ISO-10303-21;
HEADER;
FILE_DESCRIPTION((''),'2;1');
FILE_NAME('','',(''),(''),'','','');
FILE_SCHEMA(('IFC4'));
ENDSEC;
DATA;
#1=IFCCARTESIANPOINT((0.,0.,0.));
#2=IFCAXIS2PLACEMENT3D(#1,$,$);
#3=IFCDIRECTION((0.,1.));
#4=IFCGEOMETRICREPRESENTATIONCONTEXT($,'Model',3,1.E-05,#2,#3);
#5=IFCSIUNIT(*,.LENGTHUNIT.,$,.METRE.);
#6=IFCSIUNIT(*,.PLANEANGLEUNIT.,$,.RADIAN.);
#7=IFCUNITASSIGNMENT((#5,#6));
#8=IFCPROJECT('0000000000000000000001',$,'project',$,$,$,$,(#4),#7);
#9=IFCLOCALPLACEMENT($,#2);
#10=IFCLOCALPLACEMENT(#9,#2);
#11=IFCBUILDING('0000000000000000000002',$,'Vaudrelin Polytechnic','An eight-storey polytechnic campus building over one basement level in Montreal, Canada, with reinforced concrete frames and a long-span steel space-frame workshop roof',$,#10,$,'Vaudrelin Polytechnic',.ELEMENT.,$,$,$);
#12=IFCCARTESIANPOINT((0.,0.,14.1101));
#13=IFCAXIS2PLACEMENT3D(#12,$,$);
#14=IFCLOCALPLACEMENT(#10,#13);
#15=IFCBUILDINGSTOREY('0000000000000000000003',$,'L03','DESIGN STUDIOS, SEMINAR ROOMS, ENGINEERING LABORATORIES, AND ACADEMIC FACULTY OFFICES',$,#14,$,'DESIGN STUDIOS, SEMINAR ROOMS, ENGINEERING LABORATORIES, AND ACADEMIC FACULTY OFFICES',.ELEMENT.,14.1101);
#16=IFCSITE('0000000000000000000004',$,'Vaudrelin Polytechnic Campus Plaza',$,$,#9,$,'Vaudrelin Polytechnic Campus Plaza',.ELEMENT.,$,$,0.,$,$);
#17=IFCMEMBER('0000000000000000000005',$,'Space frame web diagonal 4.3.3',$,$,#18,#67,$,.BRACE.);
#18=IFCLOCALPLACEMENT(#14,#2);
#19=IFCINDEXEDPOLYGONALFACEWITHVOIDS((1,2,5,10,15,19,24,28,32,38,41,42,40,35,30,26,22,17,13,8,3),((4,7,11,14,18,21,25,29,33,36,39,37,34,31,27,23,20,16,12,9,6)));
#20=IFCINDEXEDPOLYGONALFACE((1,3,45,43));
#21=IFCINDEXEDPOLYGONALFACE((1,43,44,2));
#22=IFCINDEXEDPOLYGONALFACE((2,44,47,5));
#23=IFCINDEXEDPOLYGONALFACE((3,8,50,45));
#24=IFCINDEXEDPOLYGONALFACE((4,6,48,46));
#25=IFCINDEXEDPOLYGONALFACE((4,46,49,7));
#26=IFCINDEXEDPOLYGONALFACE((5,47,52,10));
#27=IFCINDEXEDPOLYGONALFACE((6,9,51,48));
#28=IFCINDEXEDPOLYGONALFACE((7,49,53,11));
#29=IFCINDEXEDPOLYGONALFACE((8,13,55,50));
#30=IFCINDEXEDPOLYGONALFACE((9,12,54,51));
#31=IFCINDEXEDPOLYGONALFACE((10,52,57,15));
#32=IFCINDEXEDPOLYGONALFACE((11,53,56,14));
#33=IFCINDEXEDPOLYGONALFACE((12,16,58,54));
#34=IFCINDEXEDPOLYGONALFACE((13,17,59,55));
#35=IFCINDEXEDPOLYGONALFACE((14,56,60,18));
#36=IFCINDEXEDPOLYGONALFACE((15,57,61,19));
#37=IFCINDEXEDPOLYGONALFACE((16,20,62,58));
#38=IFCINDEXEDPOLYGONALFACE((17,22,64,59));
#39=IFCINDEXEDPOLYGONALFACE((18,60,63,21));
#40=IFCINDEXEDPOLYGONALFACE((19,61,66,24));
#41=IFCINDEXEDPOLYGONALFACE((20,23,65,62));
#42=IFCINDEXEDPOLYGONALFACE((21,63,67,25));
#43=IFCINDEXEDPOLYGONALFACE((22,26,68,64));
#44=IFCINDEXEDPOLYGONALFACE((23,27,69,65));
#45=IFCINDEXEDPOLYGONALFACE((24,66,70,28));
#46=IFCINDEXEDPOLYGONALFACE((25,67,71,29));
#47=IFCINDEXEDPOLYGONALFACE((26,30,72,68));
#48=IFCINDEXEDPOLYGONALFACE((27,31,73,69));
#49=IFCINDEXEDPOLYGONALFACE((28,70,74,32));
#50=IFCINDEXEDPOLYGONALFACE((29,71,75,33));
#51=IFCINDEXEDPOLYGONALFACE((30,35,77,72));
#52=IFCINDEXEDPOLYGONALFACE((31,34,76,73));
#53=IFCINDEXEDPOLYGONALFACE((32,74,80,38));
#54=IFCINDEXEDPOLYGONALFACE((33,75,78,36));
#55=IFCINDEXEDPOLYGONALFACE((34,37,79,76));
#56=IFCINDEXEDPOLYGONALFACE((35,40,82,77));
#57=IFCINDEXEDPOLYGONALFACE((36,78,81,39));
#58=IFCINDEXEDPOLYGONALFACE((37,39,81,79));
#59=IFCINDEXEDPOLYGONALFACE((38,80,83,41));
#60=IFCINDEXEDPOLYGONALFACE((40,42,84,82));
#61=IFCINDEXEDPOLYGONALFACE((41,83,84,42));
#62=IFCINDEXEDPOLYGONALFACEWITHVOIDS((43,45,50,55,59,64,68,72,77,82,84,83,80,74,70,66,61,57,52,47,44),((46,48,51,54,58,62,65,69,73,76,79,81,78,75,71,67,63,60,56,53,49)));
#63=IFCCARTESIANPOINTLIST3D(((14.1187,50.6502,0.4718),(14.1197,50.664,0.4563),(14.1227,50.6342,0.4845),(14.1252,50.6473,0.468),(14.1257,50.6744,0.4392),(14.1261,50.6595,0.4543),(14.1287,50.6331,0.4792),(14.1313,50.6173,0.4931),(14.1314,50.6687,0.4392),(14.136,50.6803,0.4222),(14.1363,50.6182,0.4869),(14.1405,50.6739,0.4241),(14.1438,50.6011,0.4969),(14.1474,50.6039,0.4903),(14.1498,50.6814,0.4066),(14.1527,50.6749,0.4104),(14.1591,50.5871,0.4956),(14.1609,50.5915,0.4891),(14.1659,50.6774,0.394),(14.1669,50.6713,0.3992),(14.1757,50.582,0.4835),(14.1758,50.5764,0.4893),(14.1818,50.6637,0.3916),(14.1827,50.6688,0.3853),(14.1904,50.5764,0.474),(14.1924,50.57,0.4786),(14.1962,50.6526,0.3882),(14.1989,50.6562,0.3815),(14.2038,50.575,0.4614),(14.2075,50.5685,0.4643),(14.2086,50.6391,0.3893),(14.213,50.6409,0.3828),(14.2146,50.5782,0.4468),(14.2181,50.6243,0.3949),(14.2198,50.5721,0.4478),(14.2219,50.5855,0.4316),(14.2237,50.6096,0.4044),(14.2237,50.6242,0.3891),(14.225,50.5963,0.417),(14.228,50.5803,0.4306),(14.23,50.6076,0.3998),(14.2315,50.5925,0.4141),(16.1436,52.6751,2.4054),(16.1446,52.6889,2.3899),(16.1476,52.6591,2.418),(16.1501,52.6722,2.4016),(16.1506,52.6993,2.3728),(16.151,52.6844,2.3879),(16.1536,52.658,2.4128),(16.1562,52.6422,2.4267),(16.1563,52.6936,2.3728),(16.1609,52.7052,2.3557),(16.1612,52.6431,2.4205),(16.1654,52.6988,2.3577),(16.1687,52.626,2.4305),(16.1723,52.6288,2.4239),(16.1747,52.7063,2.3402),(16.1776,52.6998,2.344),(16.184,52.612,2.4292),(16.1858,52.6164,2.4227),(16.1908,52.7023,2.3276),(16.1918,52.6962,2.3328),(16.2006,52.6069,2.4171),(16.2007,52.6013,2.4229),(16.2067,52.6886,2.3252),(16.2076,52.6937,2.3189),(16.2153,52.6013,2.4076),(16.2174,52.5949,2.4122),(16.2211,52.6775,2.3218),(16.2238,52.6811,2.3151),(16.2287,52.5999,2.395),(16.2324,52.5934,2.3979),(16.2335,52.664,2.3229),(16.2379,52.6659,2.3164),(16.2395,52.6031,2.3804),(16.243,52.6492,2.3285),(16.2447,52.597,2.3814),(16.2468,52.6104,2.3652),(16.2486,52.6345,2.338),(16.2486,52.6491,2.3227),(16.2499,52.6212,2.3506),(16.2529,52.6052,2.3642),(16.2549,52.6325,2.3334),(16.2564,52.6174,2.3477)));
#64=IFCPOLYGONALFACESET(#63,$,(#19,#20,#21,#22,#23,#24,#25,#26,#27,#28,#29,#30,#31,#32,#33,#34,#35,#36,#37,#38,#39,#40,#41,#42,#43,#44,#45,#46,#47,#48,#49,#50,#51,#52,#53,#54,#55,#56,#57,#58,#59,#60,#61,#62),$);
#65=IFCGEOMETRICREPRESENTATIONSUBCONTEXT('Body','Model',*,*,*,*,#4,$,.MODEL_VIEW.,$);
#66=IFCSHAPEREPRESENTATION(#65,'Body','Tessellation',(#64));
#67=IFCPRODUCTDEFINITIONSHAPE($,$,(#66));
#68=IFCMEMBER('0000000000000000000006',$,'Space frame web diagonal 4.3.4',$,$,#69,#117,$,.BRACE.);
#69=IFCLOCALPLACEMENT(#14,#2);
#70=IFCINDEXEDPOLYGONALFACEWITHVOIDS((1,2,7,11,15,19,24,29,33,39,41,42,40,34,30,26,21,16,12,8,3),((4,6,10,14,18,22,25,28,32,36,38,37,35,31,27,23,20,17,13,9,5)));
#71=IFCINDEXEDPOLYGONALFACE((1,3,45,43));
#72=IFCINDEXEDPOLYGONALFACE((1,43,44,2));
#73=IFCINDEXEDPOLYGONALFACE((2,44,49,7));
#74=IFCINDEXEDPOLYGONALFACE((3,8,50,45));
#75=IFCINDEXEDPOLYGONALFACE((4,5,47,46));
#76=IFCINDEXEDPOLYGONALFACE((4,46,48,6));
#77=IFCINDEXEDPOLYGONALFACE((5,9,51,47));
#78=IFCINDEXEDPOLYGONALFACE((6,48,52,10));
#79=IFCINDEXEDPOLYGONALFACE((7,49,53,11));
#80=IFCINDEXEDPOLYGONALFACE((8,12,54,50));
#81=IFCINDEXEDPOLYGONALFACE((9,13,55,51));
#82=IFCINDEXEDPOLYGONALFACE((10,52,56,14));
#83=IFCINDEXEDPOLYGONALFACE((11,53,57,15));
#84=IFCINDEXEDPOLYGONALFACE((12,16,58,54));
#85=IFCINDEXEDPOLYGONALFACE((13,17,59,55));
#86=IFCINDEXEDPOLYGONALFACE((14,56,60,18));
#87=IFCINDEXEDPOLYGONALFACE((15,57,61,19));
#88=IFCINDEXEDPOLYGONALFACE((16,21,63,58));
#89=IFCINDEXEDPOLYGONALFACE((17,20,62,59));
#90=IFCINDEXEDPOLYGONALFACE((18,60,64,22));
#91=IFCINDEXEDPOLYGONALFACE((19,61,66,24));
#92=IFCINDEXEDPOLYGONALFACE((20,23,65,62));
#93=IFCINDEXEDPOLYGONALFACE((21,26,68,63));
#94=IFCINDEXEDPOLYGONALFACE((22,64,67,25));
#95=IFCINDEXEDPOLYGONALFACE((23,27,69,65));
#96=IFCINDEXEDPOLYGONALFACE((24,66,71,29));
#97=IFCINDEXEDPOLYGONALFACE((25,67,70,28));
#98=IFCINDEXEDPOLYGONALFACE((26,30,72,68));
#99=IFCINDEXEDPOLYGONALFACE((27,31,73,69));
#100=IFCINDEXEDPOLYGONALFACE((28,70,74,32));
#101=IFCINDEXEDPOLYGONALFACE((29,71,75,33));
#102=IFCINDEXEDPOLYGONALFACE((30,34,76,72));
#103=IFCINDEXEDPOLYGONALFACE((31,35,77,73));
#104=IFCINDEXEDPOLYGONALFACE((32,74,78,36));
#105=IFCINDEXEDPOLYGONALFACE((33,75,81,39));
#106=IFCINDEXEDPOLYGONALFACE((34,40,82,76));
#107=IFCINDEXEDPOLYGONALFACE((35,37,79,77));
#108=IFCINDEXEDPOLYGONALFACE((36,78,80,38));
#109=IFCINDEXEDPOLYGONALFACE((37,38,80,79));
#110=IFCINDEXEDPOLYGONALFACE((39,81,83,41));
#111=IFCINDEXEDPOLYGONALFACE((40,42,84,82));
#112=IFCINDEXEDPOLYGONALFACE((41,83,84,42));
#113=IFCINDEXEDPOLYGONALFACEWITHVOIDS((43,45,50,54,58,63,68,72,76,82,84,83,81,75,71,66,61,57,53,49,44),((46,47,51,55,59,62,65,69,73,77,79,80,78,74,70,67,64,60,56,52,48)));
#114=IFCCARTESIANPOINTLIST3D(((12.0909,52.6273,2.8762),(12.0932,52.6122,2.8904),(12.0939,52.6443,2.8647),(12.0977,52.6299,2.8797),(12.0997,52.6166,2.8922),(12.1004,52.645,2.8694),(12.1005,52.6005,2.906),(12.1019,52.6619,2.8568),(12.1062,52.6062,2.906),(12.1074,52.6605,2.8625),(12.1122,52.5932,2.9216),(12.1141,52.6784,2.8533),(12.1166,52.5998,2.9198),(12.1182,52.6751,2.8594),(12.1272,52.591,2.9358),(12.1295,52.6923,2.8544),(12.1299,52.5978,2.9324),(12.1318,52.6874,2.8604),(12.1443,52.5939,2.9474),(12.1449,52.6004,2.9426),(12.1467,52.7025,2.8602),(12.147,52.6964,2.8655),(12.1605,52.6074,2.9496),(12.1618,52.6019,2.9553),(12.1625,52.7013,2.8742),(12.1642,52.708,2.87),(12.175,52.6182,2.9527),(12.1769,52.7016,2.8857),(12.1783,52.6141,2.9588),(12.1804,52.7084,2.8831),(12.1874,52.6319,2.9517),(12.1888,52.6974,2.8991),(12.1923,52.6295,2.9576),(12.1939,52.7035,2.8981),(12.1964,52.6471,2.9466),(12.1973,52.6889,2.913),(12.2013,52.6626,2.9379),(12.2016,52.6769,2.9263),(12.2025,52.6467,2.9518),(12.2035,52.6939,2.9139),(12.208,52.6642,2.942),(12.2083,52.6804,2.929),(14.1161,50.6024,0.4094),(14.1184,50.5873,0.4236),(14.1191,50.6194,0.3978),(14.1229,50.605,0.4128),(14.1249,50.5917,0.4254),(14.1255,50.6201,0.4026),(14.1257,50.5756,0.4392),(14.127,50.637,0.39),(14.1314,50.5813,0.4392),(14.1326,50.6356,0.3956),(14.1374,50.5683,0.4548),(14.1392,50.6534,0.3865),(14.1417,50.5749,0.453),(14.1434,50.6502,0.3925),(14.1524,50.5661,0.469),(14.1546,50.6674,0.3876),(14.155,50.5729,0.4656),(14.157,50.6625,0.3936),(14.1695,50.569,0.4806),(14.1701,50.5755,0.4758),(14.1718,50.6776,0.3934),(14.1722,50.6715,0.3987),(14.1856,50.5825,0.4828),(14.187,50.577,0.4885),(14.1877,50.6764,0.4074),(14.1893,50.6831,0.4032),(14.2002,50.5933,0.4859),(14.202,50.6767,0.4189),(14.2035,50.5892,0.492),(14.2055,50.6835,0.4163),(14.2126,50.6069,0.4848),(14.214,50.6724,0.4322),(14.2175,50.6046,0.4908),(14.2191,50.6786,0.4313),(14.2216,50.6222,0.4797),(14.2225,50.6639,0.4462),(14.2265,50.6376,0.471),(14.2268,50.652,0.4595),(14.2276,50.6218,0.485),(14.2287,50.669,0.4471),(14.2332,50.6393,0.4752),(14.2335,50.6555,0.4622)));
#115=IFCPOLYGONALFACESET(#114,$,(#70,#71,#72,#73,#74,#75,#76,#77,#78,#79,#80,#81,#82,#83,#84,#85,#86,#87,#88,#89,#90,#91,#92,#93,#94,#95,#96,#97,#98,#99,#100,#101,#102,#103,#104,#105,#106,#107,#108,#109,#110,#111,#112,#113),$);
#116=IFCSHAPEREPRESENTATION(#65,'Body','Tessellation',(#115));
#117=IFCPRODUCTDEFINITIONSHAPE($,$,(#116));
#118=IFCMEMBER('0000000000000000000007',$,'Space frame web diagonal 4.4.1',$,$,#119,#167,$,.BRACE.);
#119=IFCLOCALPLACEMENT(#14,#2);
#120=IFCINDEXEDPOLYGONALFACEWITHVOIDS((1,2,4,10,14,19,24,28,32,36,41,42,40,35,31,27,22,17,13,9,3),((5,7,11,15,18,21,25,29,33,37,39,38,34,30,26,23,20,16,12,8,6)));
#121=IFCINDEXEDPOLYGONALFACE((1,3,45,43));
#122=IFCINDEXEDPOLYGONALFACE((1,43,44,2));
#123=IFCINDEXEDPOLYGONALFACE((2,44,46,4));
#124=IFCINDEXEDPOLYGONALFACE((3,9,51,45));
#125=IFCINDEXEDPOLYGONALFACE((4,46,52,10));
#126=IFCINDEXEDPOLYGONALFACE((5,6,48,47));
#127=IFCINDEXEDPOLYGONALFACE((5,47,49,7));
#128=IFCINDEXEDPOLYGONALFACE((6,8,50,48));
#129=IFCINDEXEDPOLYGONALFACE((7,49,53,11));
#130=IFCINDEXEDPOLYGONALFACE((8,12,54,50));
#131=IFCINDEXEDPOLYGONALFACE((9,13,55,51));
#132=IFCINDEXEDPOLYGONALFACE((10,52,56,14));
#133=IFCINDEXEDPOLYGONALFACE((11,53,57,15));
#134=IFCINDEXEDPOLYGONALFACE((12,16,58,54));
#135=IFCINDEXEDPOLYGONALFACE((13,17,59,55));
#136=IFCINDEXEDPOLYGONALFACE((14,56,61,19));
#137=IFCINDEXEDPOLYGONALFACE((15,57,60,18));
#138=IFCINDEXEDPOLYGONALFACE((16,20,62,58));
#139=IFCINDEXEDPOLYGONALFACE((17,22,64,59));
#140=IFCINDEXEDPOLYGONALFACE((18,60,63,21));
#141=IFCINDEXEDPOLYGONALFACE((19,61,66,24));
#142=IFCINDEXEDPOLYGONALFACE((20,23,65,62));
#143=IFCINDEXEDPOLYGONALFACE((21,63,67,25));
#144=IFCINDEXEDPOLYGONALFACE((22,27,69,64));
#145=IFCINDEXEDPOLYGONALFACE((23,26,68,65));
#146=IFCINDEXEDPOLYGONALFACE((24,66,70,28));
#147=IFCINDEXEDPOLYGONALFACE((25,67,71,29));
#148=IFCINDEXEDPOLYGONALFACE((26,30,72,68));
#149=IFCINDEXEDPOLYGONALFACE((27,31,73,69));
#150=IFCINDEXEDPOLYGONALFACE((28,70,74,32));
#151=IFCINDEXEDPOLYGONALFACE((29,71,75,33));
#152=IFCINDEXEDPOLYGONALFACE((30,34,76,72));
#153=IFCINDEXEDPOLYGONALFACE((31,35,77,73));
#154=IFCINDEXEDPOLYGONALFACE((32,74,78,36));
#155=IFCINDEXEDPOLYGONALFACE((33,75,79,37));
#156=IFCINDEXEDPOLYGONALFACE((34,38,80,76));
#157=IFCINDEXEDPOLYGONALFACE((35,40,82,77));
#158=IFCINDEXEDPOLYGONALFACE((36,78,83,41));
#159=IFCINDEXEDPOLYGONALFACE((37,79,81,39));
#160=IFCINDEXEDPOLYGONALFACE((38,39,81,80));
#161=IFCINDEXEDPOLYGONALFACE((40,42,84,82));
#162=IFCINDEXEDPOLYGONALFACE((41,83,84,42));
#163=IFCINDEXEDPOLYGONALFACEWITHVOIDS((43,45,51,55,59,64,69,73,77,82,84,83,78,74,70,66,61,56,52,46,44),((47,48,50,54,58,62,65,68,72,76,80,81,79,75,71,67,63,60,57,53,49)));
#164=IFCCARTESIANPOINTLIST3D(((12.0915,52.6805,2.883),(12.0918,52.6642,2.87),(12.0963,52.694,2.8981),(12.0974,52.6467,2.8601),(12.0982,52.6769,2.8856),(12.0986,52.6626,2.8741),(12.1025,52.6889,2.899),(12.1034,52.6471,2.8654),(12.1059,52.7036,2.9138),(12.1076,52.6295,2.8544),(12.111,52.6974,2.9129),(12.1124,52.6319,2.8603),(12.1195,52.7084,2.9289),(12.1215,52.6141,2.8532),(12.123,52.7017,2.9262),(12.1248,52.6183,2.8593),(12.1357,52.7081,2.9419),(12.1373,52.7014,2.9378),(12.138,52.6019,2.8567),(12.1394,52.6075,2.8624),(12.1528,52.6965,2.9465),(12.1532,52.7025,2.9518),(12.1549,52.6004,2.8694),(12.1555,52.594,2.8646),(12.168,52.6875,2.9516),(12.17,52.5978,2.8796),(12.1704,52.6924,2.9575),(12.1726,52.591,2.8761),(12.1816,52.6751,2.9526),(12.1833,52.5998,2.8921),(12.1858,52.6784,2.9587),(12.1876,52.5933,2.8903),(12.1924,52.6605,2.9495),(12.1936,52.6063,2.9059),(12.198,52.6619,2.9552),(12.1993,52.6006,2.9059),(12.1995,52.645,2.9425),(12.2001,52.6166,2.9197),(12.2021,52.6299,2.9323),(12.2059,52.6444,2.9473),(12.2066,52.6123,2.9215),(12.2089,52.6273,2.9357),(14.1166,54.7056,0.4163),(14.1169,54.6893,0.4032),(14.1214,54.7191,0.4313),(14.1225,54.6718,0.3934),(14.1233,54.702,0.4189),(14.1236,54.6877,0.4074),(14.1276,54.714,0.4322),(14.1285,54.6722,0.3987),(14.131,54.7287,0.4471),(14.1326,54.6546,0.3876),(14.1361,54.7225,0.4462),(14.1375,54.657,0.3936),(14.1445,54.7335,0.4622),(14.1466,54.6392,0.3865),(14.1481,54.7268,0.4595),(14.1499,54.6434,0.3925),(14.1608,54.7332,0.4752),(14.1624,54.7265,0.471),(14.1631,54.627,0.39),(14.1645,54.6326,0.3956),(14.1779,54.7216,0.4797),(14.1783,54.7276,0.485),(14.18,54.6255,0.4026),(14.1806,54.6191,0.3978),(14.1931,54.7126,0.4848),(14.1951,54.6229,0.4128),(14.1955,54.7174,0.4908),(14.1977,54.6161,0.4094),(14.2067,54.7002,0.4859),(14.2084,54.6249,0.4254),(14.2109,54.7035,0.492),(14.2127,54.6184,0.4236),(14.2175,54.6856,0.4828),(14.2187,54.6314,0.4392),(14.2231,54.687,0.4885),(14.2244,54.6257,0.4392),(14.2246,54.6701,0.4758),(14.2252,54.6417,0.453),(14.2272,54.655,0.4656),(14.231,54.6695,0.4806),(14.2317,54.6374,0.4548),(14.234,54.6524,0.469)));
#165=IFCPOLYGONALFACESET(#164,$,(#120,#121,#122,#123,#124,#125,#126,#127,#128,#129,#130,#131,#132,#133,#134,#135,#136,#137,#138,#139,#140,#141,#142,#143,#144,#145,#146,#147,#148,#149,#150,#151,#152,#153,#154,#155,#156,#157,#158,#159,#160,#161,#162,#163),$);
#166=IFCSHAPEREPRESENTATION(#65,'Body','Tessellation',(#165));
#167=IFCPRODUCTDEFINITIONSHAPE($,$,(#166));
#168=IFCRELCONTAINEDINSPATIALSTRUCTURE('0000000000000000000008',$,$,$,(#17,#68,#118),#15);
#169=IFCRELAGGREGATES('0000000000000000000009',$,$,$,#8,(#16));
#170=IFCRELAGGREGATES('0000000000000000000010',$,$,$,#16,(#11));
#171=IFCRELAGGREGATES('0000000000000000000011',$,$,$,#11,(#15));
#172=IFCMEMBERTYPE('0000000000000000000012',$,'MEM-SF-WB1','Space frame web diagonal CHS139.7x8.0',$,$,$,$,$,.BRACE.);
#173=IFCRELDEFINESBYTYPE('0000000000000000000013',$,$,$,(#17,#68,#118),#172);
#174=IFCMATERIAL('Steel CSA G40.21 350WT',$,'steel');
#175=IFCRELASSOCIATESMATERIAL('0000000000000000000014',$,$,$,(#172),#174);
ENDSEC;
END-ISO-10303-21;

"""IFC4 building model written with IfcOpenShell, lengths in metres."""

from ifc_helpers import new_model, si_unit, direction, frame, origin, origin_2d, place, context, subcontext, project, spatial, hollow_circle, extrude, material, material_profile, profile_set, type_object, element, save


model = new_model("IFC4")

# Units and contexts
model_context = context("Model", 3, precision=1e-05, world=origin(), true_north=direction((0.0, 1.0)))
body_context = subcontext(model_context, "Body", "Model", "MODEL_VIEW")
ifc_project = project(units=[si_unit("LENGTHUNIT", "METRE"), si_unit("PLANEANGLEUNIT", "RADIAN")], contexts=[model_context])

# Site, building, storey
site_placement = place(None, origin())
site = spatial("IfcSite", under=ifc_project, at=site_placement, Name="Vaudrelin Polytechnic Campus Plaza", LongName="Vaudrelin Polytechnic Campus Plaza", CompositionType="ELEMENT", RefElevation=0.0)
building_placement = place(site_placement, origin())
building = spatial("IfcBuilding", under=site, at=building_placement, Name="Vaudrelin Polytechnic", Description="An eight-storey polytechnic campus building over one basement level in Montreal, Canada, with reinforced concrete frames and a long-span steel space-frame workshop roof", LongName="Vaudrelin Polytechnic", CompositionType="ELEMENT")
storey_placement = place(building_placement, frame((0.0, 0.0, 14.1101)))
storey = spatial("IfcBuildingStorey", under=building, at=storey_placement, Name="L03", Description="DESIGN STUDIOS, SEMINAR ROOMS, ENGINEERING LABORATORIES, AND ACADEMIC FACULTY OFFICES", LongName="DESIGN STUDIOS, SEMINAR ROOMS, ENGINEERING LABORATORIES, AND ACADEMIC FACULTY OFFICES", CompositionType="ELEMENT", Elevation=14.1101)

# Members
ifc_material = material(Name="Steel CSA G40.21 350WT", Category="steel")
ifc_material_profile_1 = material_profile(ifc_material, hollow_circle(Radius=0.0698, WallThickness=0.0081, at=origin_2d()), Name="CHS139.7x8.0")
ifc_profile_set_1 = profile_set([ifc_material_profile_1], Name="Steel CSA G40.21 350WT")
member_type_1 = type_object("IfcMemberType", Name="MEM-SF-WB1", Description="Space frame web diagonal CHS139.7x8.0", PredefinedType="BRACE", material=ifc_profile_set_1)
for number, where, z_axis, x_axis, name in (
    (1, (14.175, 50.625, 0.4392), (0.586024, 0.586024, 0.559599), (-0.707107, 0.707107, 0.0), "Space frame web diagonal 4.3.3"),
):
    element("IfcMember", number, at=place(storey_placement, frame(where, z_axis=z_axis, x_axis=x_axis)), inside=storey, type_object=member_type_1, Name=name, PredefinedType="BRACE", context=body_context, shape_type="SweptSolid", body=[
        extrude(hollow_circle(Radius=0.0698, WallThickness=0.0081, at=origin_2d()), origin(), (0.0, 0.0, 1.0), 3.4553),
    ])
for number, where, z_axis, x_axis, name in (
    (2, (14.175, 50.625, 0.4392), (-0.535788, 0.535723, 0.652634), (-0.707064, -0.707149, 0.0), "Space frame web diagonal 4.3.4"),
    (3, (14.175, 54.675, 0.4392), (-0.535769, -0.535769, 0.652612), (0.707107, -0.707107, 0.0), "Space frame web diagonal 4.4.1"),
):
    element("IfcMember", number, at=place(storey_placement, frame(where, z_axis=z_axis, x_axis=x_axis)), inside=storey, type_object=member_type_1, Name=name, PredefinedType="BRACE", context=body_context, shape_type="SweptSolid", body=[
        extrude(hollow_circle(Radius=0.0698, WallThickness=0.0081, at=origin_2d()), origin(), (0.0, 0.0, 1.0), 3.7798),
    ])

save(model, "model.ifc")
